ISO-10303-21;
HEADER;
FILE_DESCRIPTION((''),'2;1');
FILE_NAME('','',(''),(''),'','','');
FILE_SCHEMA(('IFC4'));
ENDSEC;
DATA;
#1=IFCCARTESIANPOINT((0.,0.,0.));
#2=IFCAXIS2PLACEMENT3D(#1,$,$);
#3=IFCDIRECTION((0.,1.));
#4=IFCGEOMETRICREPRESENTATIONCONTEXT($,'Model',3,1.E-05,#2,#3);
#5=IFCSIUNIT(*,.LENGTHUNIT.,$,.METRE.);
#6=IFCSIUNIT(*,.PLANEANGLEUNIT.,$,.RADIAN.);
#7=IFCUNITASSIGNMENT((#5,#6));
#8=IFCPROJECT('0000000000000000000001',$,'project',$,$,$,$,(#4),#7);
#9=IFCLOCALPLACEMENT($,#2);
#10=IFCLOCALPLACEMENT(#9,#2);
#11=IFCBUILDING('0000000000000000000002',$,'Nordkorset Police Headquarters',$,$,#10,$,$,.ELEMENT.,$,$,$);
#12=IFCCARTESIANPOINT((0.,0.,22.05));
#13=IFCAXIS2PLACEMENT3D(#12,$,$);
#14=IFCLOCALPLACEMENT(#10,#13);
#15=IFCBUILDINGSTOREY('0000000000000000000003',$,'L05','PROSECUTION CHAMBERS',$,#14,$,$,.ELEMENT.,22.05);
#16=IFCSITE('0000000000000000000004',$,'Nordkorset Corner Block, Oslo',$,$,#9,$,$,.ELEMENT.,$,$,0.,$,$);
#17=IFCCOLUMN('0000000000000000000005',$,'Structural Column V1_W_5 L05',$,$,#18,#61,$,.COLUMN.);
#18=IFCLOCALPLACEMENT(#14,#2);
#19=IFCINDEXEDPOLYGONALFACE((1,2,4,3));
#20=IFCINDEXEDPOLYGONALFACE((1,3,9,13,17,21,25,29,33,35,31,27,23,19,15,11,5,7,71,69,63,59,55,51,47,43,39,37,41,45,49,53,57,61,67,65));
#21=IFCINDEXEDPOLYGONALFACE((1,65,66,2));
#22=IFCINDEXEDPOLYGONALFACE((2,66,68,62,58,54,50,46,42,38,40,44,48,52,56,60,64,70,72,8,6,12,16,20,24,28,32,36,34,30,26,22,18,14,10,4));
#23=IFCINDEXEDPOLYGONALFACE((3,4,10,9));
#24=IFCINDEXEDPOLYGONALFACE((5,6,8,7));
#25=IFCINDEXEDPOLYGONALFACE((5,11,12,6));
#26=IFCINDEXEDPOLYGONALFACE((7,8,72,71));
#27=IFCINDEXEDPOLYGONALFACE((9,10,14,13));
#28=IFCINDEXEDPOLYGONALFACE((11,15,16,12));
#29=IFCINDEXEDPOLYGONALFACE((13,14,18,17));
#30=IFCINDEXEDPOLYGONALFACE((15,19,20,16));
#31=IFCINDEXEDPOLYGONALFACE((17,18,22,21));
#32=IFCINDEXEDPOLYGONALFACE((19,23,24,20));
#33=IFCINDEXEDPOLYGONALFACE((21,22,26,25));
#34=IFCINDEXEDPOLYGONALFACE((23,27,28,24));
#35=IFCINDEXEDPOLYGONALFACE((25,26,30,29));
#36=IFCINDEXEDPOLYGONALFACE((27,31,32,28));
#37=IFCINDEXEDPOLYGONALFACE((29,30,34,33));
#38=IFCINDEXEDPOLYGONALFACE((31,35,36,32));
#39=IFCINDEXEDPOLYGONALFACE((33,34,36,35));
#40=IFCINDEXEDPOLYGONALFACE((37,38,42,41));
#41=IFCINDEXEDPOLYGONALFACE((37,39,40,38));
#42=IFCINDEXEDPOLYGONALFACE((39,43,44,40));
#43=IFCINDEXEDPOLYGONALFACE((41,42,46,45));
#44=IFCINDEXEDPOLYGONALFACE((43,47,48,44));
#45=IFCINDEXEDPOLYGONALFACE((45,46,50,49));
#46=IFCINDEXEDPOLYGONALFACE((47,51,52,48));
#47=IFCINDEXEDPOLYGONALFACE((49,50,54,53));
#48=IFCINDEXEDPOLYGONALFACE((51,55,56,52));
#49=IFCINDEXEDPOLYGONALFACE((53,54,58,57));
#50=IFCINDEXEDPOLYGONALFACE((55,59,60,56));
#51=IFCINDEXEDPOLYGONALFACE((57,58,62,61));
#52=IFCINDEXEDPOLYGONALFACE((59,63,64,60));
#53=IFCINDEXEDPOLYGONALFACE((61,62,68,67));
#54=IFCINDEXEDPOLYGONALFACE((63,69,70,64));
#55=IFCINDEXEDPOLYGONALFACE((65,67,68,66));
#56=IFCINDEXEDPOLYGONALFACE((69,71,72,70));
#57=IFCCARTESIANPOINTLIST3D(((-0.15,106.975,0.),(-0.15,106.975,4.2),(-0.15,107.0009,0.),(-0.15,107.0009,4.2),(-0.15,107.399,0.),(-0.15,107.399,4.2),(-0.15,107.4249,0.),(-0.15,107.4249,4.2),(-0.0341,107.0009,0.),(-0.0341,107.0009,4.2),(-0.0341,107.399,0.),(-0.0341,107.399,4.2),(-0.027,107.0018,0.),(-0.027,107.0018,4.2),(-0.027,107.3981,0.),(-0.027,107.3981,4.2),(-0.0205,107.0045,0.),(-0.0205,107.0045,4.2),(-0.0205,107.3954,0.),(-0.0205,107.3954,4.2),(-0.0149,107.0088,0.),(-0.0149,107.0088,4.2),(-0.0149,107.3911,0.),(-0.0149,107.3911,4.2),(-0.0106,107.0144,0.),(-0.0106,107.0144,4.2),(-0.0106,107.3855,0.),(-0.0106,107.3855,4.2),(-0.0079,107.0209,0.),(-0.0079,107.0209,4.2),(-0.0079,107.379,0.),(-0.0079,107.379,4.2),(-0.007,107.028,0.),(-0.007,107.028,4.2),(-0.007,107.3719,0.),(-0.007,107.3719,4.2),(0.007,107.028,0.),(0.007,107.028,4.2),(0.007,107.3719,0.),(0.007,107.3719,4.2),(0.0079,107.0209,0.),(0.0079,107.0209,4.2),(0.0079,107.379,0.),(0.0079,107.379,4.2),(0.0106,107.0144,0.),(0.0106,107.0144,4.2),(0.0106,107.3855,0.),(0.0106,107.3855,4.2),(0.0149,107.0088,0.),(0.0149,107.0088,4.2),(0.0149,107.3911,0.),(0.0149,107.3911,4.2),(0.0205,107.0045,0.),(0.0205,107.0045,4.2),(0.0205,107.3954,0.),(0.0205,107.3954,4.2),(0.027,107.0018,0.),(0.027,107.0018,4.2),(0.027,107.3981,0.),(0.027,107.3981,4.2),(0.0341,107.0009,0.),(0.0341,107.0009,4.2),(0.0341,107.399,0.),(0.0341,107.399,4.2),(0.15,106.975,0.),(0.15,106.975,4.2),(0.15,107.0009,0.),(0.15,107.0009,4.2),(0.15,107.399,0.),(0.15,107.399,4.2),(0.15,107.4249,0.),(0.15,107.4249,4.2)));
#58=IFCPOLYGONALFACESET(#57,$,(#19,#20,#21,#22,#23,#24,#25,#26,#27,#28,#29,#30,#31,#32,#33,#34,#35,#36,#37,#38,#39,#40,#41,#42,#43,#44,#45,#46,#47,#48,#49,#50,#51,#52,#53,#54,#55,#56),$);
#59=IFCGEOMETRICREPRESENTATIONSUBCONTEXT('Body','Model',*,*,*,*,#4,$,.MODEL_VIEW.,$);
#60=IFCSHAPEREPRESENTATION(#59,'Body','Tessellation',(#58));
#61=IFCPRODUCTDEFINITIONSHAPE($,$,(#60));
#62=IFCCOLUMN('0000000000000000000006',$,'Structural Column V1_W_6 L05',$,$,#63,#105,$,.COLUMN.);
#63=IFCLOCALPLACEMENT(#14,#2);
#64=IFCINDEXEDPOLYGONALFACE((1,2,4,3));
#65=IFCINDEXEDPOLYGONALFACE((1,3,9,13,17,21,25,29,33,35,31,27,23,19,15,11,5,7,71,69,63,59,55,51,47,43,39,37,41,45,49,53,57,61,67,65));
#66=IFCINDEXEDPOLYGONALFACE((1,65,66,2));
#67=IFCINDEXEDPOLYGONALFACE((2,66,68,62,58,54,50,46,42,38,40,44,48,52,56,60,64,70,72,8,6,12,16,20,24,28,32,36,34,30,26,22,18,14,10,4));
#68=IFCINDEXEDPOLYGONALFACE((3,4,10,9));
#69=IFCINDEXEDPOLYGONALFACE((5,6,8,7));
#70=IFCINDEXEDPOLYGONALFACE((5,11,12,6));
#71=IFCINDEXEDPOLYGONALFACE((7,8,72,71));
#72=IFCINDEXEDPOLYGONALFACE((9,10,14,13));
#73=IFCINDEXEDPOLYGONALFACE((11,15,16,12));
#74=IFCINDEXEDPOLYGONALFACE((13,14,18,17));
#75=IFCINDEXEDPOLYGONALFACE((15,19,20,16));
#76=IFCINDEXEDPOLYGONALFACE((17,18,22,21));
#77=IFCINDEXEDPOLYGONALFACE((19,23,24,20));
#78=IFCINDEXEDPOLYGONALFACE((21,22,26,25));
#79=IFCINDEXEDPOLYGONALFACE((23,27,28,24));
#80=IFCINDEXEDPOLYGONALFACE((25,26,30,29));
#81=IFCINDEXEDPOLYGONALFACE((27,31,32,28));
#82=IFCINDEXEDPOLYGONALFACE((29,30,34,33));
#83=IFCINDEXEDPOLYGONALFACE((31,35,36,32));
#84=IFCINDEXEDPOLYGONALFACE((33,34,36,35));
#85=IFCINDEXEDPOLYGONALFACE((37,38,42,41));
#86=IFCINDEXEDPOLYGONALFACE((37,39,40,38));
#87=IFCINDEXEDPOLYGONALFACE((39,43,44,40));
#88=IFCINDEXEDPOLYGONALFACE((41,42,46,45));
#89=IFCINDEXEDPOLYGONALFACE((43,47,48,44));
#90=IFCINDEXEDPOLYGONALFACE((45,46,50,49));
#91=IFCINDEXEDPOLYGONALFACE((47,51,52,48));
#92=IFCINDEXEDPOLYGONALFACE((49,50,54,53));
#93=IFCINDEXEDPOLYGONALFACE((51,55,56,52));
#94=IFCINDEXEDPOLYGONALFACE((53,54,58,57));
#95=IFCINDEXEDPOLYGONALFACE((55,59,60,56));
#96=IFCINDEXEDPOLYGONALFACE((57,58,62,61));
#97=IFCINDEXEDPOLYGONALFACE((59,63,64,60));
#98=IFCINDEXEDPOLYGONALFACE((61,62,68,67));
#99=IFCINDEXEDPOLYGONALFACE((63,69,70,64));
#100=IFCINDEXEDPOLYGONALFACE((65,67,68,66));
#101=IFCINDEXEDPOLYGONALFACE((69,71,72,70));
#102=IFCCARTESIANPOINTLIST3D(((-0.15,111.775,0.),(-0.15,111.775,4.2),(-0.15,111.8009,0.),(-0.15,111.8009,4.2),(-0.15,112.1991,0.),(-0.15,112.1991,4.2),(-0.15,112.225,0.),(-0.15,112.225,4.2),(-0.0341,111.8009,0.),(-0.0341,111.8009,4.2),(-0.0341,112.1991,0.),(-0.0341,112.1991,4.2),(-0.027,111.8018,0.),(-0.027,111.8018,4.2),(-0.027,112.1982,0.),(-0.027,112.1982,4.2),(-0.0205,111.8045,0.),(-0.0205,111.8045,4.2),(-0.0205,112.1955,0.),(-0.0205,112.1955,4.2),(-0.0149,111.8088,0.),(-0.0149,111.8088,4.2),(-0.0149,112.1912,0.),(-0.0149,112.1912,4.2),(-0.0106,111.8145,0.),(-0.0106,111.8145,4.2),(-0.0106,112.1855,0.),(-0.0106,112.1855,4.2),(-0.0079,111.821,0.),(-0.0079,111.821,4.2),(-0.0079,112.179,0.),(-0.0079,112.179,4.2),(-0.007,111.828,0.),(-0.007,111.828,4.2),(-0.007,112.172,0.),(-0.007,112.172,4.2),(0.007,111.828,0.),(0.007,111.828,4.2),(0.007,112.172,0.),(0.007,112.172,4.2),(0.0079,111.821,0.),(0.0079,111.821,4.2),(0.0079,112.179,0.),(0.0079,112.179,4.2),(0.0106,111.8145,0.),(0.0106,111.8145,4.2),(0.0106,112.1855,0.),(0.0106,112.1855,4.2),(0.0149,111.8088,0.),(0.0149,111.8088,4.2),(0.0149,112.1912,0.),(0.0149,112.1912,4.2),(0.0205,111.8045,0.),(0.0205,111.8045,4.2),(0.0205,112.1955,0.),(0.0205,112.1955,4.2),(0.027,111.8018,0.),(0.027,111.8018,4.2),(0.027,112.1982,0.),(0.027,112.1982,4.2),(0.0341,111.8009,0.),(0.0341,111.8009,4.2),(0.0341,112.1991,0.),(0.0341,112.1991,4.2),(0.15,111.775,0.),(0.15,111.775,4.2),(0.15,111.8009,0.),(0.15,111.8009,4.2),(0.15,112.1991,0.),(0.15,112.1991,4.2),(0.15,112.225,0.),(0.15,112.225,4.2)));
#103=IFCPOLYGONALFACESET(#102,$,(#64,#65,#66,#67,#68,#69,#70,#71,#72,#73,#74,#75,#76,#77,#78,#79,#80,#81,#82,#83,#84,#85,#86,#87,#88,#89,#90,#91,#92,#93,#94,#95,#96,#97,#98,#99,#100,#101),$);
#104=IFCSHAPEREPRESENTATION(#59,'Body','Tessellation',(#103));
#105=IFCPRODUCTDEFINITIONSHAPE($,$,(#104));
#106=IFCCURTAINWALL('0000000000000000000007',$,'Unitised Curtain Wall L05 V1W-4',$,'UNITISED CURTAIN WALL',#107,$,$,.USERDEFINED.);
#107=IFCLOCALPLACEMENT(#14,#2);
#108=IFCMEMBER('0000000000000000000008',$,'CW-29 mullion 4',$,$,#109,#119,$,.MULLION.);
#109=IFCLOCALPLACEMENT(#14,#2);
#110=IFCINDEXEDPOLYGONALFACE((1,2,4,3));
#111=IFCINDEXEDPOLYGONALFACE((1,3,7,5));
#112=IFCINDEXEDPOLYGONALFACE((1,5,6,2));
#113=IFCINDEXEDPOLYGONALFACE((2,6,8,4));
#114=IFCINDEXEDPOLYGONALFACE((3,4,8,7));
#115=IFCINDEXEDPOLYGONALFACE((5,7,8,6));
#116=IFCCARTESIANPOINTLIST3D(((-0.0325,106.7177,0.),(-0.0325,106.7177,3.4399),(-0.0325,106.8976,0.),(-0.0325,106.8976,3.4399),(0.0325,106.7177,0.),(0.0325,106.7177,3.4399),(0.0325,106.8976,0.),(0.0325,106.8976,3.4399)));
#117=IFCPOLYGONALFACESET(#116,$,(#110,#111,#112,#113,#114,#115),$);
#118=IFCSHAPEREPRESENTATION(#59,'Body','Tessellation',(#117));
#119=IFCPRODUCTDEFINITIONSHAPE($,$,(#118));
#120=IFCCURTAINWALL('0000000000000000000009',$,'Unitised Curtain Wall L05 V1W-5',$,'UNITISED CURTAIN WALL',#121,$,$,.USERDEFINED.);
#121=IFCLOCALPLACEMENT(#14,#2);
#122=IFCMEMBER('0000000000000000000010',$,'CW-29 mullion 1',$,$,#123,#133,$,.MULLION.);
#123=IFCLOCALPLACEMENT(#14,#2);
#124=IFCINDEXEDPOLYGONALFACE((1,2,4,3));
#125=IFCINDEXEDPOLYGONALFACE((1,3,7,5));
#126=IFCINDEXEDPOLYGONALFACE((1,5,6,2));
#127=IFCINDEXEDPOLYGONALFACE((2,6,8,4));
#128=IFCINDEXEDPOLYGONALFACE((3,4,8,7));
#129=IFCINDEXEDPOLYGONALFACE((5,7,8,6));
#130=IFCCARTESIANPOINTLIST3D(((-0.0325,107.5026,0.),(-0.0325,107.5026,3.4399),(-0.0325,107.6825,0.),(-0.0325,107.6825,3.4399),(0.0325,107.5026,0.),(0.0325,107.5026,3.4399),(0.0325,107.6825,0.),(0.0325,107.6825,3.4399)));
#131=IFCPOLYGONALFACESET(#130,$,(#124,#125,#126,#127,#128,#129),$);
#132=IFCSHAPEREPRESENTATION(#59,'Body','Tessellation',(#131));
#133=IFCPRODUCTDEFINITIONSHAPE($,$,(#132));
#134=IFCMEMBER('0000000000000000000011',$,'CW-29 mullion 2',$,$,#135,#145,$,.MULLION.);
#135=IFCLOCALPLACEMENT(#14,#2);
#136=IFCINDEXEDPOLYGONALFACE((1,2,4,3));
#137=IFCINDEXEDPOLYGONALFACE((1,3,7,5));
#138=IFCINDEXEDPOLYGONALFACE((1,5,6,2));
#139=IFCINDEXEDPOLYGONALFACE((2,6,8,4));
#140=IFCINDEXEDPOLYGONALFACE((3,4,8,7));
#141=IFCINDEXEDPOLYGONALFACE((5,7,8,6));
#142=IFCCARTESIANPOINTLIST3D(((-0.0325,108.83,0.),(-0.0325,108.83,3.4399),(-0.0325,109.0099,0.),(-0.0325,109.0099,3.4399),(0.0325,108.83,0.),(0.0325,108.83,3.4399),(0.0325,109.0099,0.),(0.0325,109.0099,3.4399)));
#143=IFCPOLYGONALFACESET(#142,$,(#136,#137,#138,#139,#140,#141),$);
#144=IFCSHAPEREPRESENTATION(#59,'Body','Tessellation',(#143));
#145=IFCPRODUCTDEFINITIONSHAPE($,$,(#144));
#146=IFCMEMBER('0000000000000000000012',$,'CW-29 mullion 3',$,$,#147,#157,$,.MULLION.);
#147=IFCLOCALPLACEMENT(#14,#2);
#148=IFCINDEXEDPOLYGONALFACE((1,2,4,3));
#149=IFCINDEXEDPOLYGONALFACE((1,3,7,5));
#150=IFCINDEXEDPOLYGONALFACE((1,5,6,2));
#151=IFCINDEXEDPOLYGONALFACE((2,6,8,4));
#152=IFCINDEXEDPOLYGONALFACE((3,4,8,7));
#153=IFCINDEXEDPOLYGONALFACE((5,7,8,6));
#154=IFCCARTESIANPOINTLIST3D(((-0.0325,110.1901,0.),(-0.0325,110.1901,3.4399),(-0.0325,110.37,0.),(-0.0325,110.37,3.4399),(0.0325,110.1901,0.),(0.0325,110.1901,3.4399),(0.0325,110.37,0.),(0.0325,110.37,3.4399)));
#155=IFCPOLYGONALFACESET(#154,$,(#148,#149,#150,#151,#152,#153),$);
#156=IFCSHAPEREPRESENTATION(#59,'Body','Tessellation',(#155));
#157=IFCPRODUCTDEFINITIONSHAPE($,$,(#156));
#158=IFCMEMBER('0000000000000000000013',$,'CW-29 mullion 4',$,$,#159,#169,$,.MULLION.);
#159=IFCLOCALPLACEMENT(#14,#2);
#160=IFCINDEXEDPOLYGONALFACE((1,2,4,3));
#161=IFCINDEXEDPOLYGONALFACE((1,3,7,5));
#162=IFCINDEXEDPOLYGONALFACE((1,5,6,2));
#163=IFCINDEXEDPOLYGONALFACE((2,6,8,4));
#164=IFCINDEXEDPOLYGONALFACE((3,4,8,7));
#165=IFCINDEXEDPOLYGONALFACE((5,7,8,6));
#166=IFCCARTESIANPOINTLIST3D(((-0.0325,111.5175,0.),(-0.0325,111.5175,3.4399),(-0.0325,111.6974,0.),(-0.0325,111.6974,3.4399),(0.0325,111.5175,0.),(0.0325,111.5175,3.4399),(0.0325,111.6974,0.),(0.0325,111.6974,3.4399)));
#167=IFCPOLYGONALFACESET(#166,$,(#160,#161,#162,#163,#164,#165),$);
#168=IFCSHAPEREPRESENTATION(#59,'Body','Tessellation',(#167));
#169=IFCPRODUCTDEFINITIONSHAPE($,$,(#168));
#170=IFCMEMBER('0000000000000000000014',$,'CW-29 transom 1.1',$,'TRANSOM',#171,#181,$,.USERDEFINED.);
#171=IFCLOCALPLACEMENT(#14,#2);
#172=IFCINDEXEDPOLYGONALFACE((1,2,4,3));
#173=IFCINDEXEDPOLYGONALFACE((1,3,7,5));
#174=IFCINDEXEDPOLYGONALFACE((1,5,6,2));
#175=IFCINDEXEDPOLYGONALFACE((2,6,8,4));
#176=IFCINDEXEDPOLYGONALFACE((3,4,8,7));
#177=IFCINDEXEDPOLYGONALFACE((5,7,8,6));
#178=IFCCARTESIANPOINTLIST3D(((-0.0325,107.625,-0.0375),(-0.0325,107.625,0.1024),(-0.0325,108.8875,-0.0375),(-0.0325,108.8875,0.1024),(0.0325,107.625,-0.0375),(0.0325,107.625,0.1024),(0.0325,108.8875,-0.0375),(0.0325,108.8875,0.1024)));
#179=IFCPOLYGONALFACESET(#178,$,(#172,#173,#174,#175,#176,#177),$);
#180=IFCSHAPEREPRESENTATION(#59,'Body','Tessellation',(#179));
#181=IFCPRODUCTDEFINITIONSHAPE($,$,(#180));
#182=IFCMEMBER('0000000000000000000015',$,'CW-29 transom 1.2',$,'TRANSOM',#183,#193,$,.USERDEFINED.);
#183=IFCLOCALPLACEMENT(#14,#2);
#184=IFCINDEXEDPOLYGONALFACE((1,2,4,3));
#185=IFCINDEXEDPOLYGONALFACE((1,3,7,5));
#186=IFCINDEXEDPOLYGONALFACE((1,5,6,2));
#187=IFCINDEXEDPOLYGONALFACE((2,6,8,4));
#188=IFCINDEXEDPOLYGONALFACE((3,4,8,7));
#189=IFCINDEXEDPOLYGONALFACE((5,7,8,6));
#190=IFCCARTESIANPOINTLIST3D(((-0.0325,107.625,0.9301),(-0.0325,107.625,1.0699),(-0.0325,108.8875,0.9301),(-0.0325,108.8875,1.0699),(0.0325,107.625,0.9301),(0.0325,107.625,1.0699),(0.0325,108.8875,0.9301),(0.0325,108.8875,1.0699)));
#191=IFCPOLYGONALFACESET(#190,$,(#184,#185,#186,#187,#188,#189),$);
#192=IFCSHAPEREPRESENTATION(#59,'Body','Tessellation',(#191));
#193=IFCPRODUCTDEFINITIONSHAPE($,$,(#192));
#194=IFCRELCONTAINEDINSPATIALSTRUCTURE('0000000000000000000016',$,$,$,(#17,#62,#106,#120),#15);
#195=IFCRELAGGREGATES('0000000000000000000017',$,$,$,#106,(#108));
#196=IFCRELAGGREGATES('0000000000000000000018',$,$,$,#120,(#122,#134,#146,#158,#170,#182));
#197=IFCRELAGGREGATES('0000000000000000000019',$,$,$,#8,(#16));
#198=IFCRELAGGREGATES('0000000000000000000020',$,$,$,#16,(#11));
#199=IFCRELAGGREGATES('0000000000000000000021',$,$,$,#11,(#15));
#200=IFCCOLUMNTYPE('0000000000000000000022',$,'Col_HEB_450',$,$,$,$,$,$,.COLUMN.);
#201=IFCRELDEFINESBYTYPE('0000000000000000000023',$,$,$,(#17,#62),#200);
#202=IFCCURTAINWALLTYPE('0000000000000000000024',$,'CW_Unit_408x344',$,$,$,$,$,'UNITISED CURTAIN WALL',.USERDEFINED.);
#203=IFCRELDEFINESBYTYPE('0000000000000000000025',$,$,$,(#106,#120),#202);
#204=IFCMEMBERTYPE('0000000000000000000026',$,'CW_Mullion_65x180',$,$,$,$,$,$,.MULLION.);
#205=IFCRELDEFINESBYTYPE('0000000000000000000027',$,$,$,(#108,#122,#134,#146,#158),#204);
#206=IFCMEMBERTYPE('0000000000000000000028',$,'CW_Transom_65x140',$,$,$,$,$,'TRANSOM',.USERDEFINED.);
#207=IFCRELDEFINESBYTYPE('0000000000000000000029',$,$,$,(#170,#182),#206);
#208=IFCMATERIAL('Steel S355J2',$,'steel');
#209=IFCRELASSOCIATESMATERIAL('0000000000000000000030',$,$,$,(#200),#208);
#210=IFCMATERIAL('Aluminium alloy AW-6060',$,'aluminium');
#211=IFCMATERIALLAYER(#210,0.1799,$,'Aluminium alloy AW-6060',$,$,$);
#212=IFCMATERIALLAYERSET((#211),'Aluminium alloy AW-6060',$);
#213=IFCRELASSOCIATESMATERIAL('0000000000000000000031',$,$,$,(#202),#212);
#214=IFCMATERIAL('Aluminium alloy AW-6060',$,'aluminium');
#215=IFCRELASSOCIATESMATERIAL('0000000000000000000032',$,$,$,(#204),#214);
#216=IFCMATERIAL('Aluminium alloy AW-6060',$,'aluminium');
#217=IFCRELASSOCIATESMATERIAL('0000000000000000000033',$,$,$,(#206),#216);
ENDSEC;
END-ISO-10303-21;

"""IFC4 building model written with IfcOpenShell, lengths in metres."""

from ifc_helpers import new_model, si_unit, direction, frame, origin, origin_2d, place, context, subcontext, project, spatial, rectangle, i_section, extrude, material, layer, layer_set, material_profile, profile_set, type_object, element, aggregate, save


model = new_model("IFC4")

# Units and contexts
model_context = context("Model", 3, precision=1e-05, world=origin(), true_north=direction((0.0, 1.0)))
body_context = subcontext(model_context, "Body", "Model", "MODEL_VIEW")
ifc_project = project(units=[si_unit("LENGTHUNIT", "METRE"), si_unit("PLANEANGLEUNIT", "RADIAN")], contexts=[model_context])

# Site, building, storey
site_placement = place(None, origin())
site = spatial("IfcSite", under=ifc_project, at=site_placement, Name="Nordkorset Corner Block, Oslo", CompositionType="ELEMENT", RefElevation=0.0)
building_placement = place(site_placement, origin())
building = spatial("IfcBuilding", under=site, at=building_placement, Name="Nordkorset Police Headquarters", CompositionType="ELEMENT")
storey_placement = place(building_placement, frame((0.0, 0.0, 22.05)))
storey = spatial("IfcBuildingStorey", under=building, at=storey_placement, Name="L05", Description="PROSECUTION CHAMBERS", CompositionType="ELEMENT", Elevation=22.05)

# Columns
ifc_material_1 = material(Name="Steel S355J2", Category="steel")
ifc_material_profile_1 = material_profile(ifc_material_1, i_section(OverallWidth=0.3, OverallDepth=0.45, WebThickness=0.0139, FlangeThickness=0.0259, FilletRadius=0.0271, at=origin_2d()), Name="HEB 450")
ifc_profile_set_1 = profile_set([ifc_material_profile_1], Name="Steel S355J2")
column_type = type_object("IfcColumnType", Name="Col_HEB_450", PredefinedType="COLUMN", material=ifc_profile_set_1)
for number, where, z_axis, x_axis, name in (
    (1, (0.0, 107.2, 0.0), (0.0, 0.0, 1.0), (1.0, 0.0, 0.0), "Structural Column V1_W_5 L05"),
    (2, (0.0, 112.0, 0.0), (0.0, 0.0, 1.0), (1.0, 0.0, 0.0), "Structural Column V1_W_6 L05"),
):
    element("IfcColumn", number, at=place(storey_placement, frame(where, z_axis=z_axis, x_axis=x_axis)), inside=storey, type_object=column_type, Name=name, PredefinedType="COLUMN", context=body_context, shape_type="SweptSolid", body=[
        extrude(i_section(OverallWidth=0.3, OverallDepth=0.45, WebThickness=0.0139, FlangeThickness=0.0259, FilletRadius=0.0271, at=origin_2d()), origin(), (0.0, 0.0, 1.0), 4.2),
    ])

# Curtain wall, member
ifc_material_2 = material(Name="Aluminium alloy AW-6060", Category="aluminium")
ifc_layer_1 = layer(ifc_material_2, 0.1799, Name="Aluminium alloy AW-6060")
ifc_layer_set_1 = layer_set([ifc_layer_1], Name="Aluminium alloy AW-6060")
curtain_wall_type = type_object("IfcCurtainWallType", Name="CW_Unit_408x344", ElementType="UNITISED CURTAIN WALL", PredefinedType="USERDEFINED", material=ifc_layer_set_1)
curtain_wall_1_placement = place(storey_placement, origin())
curtain_wall_1 = element("IfcCurtainWall", 3, at=curtain_wall_1_placement, inside=storey, type_object=curtain_wall_type, Name="Unitised Curtain Wall L05 V1W-4", ObjectType="UNITISED CURTAIN WALL", PredefinedType="USERDEFINED")
ifc_material_3 = material(Name="Aluminium alloy AW-6060", Category="aluminium")
ifc_material_profile_2 = material_profile(ifc_material_3, rectangle(XDim=0.0649, YDim=0.1799, at=origin_2d()), Name="ALU MULL 65x180")
ifc_profile_set_2 = profile_set([ifc_material_profile_2], Name="Aluminium alloy AW-6060")
member_type_1 = type_object("IfcMemberType", Name="CW_Mullion_65x180", PredefinedType="MULLION", material=ifc_profile_set_2)
member_1_placement = place(storey_placement, frame((0.0, 106.8076, 0.0), z_axis=(0.0, 0.0, 1.0), x_axis=(-1.0, 0.0, 0.0)))
member_1 = element("IfcMember", 4, at=member_1_placement, type_object=member_type_1, Name="CW-29 mullion 4", PredefinedType="MULLION", context=body_context, shape_type="SweptSolid", body=[
    extrude(rectangle(XDim=0.0649, YDim=0.1799, at=origin_2d()), origin(), (0.0, 0.0, 1.0), 3.4399),
])

# Curtain wall, members
curtain_wall_2_placement = place(storey_placement, origin())
curtain_wall_2 = element("IfcCurtainWall", 5, at=curtain_wall_2_placement, inside=storey, type_object=curtain_wall_type, Name="Unitised Curtain Wall L05 V1W-5", ObjectType="UNITISED CURTAIN WALL", PredefinedType="USERDEFINED")
member_2_placement = place(storey_placement, frame((0.0, 107.5925, 0.0), z_axis=(0.0, 0.0, 1.0), x_axis=(-1.0, 0.0, 0.0)))
member_2 = element("IfcMember", 6, at=member_2_placement, type_object=member_type_1, Name="CW-29 mullion 1", PredefinedType="MULLION", context=body_context, shape_type="SweptSolid", body=[
    extrude(rectangle(XDim=0.0649, YDim=0.1799, at=origin_2d()), origin(), (0.0, 0.0, 1.0), 3.4399),
])
member_3_placement = place(storey_placement, frame((0.0, 108.9199, 0.0), z_axis=(0.0, 0.0, 1.0), x_axis=(-1.0, 0.0, 0.0)))
member_3 = element("IfcMember", 7, at=member_3_placement, type_object=member_type_1, Name="CW-29 mullion 2", PredefinedType="MULLION", context=body_context, shape_type="SweptSolid", body=[
    extrude(rectangle(XDim=0.0649, YDim=0.1799, at=origin_2d()), origin(), (0.0, 0.0, 1.0), 3.4399),
])
member_4_placement = place(storey_placement, frame((0.0, 110.28, 0.0), z_axis=(0.0, 0.0, 1.0), x_axis=(-1.0, 0.0, 0.0)))
member_4 = element("IfcMember", 8, at=member_4_placement, type_object=member_type_1, Name="CW-29 mullion 3", PredefinedType="MULLION", context=body_context, shape_type="SweptSolid", body=[
    extrude(rectangle(XDim=0.0649, YDim=0.1799, at=origin_2d()), origin(), (0.0, 0.0, 1.0), 3.4399),
])
member_5_placement = place(storey_placement, frame((0.0, 111.6074, 0.0), z_axis=(0.0, 0.0, 1.0), x_axis=(-1.0, 0.0, 0.0)))
member_5 = element("IfcMember", 9, at=member_5_placement, type_object=member_type_1, Name="CW-29 mullion 4", PredefinedType="MULLION", context=body_context, shape_type="SweptSolid", body=[
    extrude(rectangle(XDim=0.0649, YDim=0.1799, at=origin_2d()), origin(), (0.0, 0.0, 1.0), 3.4399),
])
ifc_material_4 = material(Name="Aluminium alloy AW-6060", Category="aluminium")
ifc_material_profile_3 = material_profile(ifc_material_4, rectangle(XDim=0.0649, YDim=0.1399, at=origin_2d()), Name="ALU TRAN 65x140")
ifc_profile_set_3 = profile_set([ifc_material_profile_3], Name="Aluminium alloy AW-6060")
member_type_2 = type_object("IfcMemberType", Name="CW_Transom_65x140", ElementType="TRANSOM", PredefinedType="USERDEFINED", material=ifc_profile_set_3)
member_6_placement = place(storey_placement, frame((0.0, 107.625, 0.0325), z_axis=(0.0, 1.0, 0.0), x_axis=(-1.0, 0.0, 0.0)))
member_6 = element("IfcMember", 10, at=member_6_placement, type_object=member_type_2, Name="CW-29 transom 1.1", ObjectType="TRANSOM", PredefinedType="USERDEFINED", context=body_context, shape_type="SweptSolid", body=[
    extrude(rectangle(XDim=0.0649, YDim=0.1399, at=origin_2d()), origin(), (0.0, 0.0, 1.0), 1.2625),
])
member_7_placement = place(storey_placement, frame((0.0, 107.625, 1.0), z_axis=(0.0, 1.0, 0.0), x_axis=(-1.0, 0.0, 0.0)))
member_7 = element("IfcMember", 11, at=member_7_placement, type_object=member_type_2, Name="CW-29 transom 1.2", ObjectType="TRANSOM", PredefinedType="USERDEFINED", context=body_context, shape_type="SweptSolid", body=[
    extrude(rectangle(XDim=0.0649, YDim=0.1399, at=origin_2d()), origin(), (0.0, 0.0, 1.0), 1.2625),
])

aggregate(curtain_wall_1, [member_1])
aggregate(curtain_wall_2, [member_2, member_3, member_4, member_5, member_6, member_7])

save(model, "model.ifc")
